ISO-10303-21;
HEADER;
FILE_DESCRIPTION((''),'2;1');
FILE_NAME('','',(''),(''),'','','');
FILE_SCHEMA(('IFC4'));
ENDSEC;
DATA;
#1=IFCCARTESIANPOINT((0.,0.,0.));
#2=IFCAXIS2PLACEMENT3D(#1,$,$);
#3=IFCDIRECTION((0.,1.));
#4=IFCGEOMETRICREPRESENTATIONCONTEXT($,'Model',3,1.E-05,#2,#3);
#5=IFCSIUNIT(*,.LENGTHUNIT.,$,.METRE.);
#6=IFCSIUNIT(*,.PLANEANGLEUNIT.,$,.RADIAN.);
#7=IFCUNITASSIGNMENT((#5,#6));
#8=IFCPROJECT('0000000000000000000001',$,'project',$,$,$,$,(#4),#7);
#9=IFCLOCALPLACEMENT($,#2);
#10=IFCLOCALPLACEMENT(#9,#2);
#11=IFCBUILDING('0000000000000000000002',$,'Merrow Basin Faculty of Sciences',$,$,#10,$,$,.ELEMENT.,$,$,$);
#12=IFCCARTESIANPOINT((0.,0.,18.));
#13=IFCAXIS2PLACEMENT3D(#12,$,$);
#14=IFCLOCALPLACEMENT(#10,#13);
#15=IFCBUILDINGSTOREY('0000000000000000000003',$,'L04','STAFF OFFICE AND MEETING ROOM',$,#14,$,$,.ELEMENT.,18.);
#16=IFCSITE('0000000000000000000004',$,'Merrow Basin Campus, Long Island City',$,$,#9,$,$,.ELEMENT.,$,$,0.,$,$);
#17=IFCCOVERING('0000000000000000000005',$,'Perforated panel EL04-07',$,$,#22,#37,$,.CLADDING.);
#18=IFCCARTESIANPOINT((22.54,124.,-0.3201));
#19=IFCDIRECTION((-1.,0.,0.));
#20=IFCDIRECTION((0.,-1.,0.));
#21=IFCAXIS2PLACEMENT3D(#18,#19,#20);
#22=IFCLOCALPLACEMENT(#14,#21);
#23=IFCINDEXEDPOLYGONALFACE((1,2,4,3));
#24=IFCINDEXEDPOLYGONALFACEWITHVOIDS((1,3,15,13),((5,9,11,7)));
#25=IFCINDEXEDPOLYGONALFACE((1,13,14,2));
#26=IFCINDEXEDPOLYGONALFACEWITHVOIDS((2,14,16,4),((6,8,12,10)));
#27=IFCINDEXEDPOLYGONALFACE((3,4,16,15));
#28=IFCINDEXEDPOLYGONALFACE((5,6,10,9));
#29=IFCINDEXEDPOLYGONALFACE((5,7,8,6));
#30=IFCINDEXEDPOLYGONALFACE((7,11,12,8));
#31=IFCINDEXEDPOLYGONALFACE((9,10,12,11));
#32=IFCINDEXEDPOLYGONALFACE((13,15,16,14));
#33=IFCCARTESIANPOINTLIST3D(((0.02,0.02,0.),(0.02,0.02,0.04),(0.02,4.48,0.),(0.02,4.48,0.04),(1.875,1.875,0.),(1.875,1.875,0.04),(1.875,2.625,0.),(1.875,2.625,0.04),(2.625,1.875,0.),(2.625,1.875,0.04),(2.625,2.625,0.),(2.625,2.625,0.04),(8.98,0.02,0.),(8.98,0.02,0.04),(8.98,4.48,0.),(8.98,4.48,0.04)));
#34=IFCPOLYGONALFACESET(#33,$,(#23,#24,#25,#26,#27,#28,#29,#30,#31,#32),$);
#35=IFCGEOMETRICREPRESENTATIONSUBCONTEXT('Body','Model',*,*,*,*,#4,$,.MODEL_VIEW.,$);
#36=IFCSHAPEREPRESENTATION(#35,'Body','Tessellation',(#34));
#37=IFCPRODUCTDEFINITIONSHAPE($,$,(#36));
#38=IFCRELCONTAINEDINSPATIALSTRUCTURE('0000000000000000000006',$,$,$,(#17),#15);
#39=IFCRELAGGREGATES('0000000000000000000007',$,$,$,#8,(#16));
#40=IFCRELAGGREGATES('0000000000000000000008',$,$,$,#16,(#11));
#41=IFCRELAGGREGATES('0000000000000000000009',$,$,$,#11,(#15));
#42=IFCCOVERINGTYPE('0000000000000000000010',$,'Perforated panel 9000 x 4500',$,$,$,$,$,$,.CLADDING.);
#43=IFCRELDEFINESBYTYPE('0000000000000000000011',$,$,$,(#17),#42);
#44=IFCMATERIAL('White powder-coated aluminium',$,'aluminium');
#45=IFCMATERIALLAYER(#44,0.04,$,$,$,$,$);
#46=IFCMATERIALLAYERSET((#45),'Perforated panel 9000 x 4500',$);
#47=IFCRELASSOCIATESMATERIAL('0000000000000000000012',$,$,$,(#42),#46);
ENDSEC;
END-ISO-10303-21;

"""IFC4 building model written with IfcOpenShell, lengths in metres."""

from ifc_helpers import new_model, si_unit, direction, frame, origin, place, context, subcontext, project, spatial, polyline, outline, extrude, source, transform, mapped, material, layer, layer_set, type_object, element, save


model = new_model("IFC4")

# Units and contexts
model_context = context("Model", 3, precision=1e-05, world=origin(), true_north=direction((0.0, 1.0)))
body_context = subcontext(model_context, "Body", "Model", "MODEL_VIEW")
ifc_project = project(units=[si_unit("LENGTHUNIT", "METRE"), si_unit("PLANEANGLEUNIT", "RADIAN")], contexts=[model_context])

# Site, building, storey
site_placement = place(None, origin())
site = spatial("IfcSite", under=ifc_project, at=site_placement, Name="Merrow Basin Campus, Long Island City", CompositionType="ELEMENT", RefElevation=0.0)
building_placement = place(site_placement, origin())
building = spatial("IfcBuilding", under=site, at=building_placement, Name="Merrow Basin Faculty of Sciences", CompositionType="ELEMENT")
storey_placement = place(building_placement, frame((0.0, 0.0, 18.0)))
storey = spatial("IfcBuildingStorey", under=building, at=storey_placement, Name="L04", Description="STAFF OFFICE AND MEETING ROOM", CompositionType="ELEMENT", Elevation=18.0)

# Covering
ifc_material_1 = material(Name="White powder-coated aluminium", Category="aluminium")
ifc_layer_1 = layer(ifc_material_1, 0.04)
ifc_layer_set_1 = layer_set([ifc_layer_1], Name="Perforated panel 9000 x 4500")
covering_type = type_object("IfcCoveringType", Name="Perforated panel 9000 x 4500", PredefinedType="CLADDING", material=ifc_layer_set_1)
shared_shape_1 = source(origin(), body_context, "Body", "SweptSolid", [
    extrude(outline(polyline([(0.02, 0.02), (8.98, 0.02), (8.98, 4.48), (0.02, 4.48), (0.02, 0.02)]), holes=[polyline([(1.875, 1.875), (2.625, 1.875), (2.625, 2.625), (1.875, 2.625), (1.875, 1.875)])]), origin(), (0.0, 0.0, 1.0), 0.04),
])
covering_placement = place(storey_placement, frame((22.54, 124.0, -0.3201), z_axis=(-1.0, 0.0, 0.0), x_axis=(0.0, -1.0, 0.0)))
element("IfcCovering", 1, at=covering_placement, inside=storey, type_object=covering_type, Name="Perforated panel EL04-07", PredefinedType="CLADDING", context=body_context, shape_type="MappedRepresentation", body=[
    mapped(shared_shape_1, transform((0.0, 0.0, 0.0), scale=1.0)),
])

save(model, "model.ifc")
